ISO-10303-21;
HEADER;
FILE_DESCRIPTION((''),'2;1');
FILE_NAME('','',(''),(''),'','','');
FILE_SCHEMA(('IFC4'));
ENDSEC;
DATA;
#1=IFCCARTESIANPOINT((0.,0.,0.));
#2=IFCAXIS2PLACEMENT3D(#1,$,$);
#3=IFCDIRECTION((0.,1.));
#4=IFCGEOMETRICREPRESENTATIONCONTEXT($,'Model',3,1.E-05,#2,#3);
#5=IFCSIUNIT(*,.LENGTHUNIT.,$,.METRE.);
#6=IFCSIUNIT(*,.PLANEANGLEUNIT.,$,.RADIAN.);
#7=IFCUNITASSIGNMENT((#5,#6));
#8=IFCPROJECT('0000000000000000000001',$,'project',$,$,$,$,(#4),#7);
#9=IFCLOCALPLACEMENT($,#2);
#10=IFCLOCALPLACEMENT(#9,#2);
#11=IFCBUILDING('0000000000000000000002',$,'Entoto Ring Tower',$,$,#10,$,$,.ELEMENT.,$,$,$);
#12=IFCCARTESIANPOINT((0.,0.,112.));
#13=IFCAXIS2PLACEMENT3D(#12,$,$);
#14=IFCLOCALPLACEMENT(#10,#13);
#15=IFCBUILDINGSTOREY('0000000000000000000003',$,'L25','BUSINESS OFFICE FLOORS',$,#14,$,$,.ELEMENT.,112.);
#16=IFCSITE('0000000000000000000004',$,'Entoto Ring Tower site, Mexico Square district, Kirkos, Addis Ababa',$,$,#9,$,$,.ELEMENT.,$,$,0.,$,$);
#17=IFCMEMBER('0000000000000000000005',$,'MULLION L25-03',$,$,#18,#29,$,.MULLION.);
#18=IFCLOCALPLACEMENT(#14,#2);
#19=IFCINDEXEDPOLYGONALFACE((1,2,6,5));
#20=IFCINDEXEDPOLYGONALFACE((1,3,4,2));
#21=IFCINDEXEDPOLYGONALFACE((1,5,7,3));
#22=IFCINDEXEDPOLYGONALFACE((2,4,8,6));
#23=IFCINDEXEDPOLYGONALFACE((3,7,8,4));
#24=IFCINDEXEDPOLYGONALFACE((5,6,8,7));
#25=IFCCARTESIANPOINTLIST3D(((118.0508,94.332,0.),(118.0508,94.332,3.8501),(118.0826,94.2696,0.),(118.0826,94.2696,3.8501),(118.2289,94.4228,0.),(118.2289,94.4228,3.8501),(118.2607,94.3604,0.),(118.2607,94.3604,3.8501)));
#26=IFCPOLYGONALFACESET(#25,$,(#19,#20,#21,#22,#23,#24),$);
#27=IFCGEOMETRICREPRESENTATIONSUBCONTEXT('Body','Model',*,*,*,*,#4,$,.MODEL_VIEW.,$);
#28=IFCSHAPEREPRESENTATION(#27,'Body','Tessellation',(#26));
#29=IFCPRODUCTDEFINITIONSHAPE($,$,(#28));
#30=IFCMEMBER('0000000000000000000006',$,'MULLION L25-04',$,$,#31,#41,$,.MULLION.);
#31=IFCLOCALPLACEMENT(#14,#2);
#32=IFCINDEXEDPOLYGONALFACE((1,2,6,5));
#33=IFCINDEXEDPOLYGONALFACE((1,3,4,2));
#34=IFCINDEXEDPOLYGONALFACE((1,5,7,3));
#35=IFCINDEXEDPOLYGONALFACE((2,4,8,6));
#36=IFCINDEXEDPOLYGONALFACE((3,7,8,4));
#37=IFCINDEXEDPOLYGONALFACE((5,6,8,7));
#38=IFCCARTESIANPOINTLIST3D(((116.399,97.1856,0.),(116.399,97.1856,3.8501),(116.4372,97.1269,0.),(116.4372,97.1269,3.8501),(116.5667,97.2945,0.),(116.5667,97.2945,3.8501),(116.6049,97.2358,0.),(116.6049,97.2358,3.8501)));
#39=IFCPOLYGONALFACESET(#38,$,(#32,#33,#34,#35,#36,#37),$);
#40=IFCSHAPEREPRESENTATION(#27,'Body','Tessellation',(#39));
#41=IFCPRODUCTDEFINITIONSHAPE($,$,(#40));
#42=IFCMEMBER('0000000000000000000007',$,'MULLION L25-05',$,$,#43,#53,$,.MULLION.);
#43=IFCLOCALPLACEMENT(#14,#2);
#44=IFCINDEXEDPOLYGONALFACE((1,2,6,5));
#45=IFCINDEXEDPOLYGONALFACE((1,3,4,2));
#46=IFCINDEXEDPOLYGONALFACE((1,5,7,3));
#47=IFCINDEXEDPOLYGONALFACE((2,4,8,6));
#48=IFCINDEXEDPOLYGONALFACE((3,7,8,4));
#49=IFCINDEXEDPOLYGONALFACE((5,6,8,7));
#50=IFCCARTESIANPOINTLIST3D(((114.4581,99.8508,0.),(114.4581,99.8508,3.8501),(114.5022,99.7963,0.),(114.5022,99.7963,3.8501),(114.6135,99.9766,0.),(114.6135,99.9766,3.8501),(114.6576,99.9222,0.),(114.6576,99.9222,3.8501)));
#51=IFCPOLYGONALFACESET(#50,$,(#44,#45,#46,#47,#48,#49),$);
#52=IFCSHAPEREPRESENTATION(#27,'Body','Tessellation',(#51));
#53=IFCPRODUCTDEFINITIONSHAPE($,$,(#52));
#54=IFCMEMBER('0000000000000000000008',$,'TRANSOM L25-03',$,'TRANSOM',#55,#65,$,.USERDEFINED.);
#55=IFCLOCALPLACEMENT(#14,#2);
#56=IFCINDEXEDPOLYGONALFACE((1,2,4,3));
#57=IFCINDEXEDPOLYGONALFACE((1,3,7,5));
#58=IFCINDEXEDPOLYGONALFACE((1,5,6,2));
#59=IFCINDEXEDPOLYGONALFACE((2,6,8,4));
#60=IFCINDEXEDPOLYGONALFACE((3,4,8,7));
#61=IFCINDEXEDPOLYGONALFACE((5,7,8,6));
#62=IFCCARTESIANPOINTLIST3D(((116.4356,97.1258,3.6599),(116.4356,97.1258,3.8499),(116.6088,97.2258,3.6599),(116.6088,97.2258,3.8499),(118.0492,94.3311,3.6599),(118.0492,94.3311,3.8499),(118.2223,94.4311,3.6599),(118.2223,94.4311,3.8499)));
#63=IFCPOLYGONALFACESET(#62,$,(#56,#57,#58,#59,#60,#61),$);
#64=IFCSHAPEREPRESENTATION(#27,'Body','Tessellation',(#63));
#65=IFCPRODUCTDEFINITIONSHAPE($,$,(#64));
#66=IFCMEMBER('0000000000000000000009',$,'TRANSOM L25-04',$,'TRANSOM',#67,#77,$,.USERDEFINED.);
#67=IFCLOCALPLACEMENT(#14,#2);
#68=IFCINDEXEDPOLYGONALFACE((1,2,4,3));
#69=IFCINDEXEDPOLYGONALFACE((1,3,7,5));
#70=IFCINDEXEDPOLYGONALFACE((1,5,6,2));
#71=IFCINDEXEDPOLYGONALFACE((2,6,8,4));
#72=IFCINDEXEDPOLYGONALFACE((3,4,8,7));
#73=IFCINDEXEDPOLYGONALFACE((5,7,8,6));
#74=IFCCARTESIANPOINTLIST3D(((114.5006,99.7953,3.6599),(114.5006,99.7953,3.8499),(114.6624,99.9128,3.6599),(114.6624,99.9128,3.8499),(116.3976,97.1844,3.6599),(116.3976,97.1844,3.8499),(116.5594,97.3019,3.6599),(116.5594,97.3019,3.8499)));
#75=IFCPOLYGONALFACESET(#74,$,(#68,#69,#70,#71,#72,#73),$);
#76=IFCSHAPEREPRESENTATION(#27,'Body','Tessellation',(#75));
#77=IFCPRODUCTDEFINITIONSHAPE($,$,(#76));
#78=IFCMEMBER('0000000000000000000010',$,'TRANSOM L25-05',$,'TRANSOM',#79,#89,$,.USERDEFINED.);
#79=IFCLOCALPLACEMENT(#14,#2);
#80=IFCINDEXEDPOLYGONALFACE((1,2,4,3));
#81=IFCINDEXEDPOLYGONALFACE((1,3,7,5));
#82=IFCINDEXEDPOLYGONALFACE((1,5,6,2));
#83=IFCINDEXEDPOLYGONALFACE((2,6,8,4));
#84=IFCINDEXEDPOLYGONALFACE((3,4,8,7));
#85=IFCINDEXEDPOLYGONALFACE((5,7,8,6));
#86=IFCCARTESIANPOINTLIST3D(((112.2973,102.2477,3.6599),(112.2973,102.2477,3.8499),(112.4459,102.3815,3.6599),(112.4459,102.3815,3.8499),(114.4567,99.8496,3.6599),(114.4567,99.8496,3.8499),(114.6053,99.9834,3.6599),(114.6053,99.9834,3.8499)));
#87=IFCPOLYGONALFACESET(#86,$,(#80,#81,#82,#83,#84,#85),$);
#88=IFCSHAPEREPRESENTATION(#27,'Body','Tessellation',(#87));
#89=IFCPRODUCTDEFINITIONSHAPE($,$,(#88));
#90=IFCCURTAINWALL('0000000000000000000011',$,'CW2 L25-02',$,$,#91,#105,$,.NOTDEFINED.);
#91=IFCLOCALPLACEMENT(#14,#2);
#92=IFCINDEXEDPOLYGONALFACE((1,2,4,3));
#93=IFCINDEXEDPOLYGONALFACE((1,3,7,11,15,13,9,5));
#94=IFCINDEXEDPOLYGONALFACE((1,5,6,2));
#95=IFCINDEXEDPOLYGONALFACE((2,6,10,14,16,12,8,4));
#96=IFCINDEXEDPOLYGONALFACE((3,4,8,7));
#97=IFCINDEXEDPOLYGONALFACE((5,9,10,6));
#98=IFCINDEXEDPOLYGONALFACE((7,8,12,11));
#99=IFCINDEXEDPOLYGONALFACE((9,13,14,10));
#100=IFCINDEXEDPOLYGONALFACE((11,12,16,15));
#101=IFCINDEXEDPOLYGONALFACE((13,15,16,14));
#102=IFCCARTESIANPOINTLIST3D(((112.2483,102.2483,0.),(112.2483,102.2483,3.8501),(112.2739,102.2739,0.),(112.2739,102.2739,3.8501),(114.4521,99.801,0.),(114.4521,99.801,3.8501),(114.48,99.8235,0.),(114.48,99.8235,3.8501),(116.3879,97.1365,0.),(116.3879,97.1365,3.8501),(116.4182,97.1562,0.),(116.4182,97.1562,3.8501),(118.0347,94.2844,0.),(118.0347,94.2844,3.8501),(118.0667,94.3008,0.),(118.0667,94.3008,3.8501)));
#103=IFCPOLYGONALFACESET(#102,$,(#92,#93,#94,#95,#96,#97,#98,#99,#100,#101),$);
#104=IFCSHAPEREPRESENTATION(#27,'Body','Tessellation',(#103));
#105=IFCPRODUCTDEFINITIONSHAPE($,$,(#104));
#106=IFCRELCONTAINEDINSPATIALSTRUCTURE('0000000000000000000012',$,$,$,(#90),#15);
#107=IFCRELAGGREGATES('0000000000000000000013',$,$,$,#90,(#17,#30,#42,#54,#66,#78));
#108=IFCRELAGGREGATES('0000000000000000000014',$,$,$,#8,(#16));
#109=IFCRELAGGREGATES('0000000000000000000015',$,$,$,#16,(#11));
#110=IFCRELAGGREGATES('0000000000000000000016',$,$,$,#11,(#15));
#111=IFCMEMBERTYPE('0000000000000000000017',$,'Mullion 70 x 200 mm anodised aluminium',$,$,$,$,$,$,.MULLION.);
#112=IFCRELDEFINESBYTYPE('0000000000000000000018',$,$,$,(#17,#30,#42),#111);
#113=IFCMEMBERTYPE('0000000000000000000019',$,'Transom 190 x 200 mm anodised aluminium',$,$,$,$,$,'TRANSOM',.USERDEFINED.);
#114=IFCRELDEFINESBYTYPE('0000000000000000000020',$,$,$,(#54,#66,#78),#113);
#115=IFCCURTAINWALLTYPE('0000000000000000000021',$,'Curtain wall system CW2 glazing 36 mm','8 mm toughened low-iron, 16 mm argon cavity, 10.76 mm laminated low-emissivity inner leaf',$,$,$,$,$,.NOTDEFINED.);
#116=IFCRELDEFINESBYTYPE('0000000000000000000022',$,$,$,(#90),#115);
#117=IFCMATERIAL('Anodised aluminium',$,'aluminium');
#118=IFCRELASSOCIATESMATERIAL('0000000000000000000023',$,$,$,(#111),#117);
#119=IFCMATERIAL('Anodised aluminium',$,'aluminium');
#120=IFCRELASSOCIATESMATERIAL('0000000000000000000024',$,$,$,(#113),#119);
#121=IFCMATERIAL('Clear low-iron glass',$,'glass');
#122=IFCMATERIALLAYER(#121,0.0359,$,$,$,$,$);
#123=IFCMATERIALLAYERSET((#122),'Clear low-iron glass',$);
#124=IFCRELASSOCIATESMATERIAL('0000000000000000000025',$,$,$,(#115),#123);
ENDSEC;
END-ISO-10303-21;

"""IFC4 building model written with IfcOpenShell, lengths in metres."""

from ifc_helpers import new_model, si_unit, direction, frame, origin, origin_2d, place, context, subcontext, project, spatial, polyline, rectangle, outline, extrude, material, layer, layer_set, material_profile, profile_set, type_object, element, aggregate, save


model = new_model("IFC4")

# Units and contexts
model_context = context("Model", 3, precision=1e-05, world=origin(), true_north=direction((0.0, 1.0)))
body_context = subcontext(model_context, "Body", "Model", "MODEL_VIEW")
ifc_project = project(units=[si_unit("LENGTHUNIT", "METRE"), si_unit("PLANEANGLEUNIT", "RADIAN")], contexts=[model_context])

# Members
ifc_material_1 = material(Name="Anodised aluminium", Category="aluminium")
ifc_material_profile_1 = material_profile(ifc_material_1, rectangle(XDim=0.0701, YDim=0.2, at=origin_2d()), Name="Mullion 70 x 200 mm anodised aluminium")
ifc_profile_set_1 = profile_set([ifc_material_profile_1], Name="Anodised aluminium")
member_type_1 = type_object("IfcMemberType", Name="Mullion 70 x 200 mm anodised aluminium", PredefinedType="MULLION", material=ifc_profile_set_1)
site_placement = place(None, origin())
building_placement = place(site_placement, origin())
storey_placement = place(building_placement, frame((0.0, 0.0, 112.0)))
member_1_placement = place(storey_placement, frame((118.1558, 94.3462, 0.0), z_axis=(0.0, 0.0, 1.0), x_axis=(-0.45399, 0.891007, 0.0)))
member_1 = element("IfcMember", 1, at=member_1_placement, type_object=member_type_1, Name="MULLION L25-03", PredefinedType="MULLION", context=body_context, shape_type="SweptSolid", body=[
    extrude(rectangle(XDim=0.0701, YDim=0.2, at=origin_2d()), origin(), (0.0, 0.0, 1.0), 3.8501),
])
member_2_placement = place(storey_placement, frame((116.502, 97.2107, 0.0), z_axis=(0.0, 0.0, 1.0), x_axis=(-0.544639, 0.838671, 0.0)))
member_2 = element("IfcMember", 2, at=member_2_placement, type_object=member_type_1, Name="MULLION L25-04", PredefinedType="MULLION", context=body_context, shape_type="SweptSolid", body=[
    extrude(rectangle(XDim=0.0701, YDim=0.2, at=origin_2d()), origin(), (0.0, 0.0, 1.0), 3.8501),
])
member_3_placement = place(storey_placement, frame((114.5579, 99.8865, 0.0), z_axis=(0.0, 0.0, 1.0), x_axis=(-0.62932, 0.777146, 0.0)))
member_3 = element("IfcMember", 3, at=member_3_placement, type_object=member_type_1, Name="MULLION L25-05", PredefinedType="MULLION", context=body_context, shape_type="SweptSolid", body=[
    extrude(rectangle(XDim=0.0701, YDim=0.2, at=origin_2d()), origin(), (0.0, 0.0, 1.0), 3.8501),
])
ifc_material_2 = material(Name="Anodised aluminium", Category="aluminium")
ifc_material_profile_2 = material_profile(ifc_material_2, rectangle(XDim=0.2, YDim=0.1899, at=origin_2d()), Name="Transom 190 x 200 mm anodised aluminium")
ifc_profile_set_2 = profile_set([ifc_material_profile_2], Name="Anodised aluminium")
member_type_2 = type_object("IfcMemberType", Name="Transom 190 x 200 mm anodised aluminium", ElementType="TRANSOM", PredefinedType="USERDEFINED", material=ifc_profile_set_2)
member_4_placement = place(storey_placement, frame((118.1357, 94.3811, 3.7549), z_axis=(-0.500004, 0.866023, 0.0), x_axis=(-0.866023, -0.500004, 0.0)))
member_4 = element("IfcMember", 4, at=member_4_placement, type_object=member_type_2, Name="TRANSOM L25-03", ObjectType="TRANSOM", PredefinedType="USERDEFINED", context=body_context, shape_type="SweptSolid", body=[
    extrude(rectangle(XDim=0.2, YDim=0.1899, at=origin_2d()), origin(), (0.0, 0.0, 1.0), 3.2271),
])
member_5_placement = place(storey_placement, frame((116.4785, 97.2432, 3.7549), z_axis=(-0.587803, 0.809004, 0.0), x_axis=(-0.809004, -0.587803, 0.0)))
member_5 = element("IfcMember", 5, at=member_5_placement, type_object=member_type_2, Name="TRANSOM L25-04", ObjectType="TRANSOM", PredefinedType="USERDEFINED", context=body_context, shape_type="SweptSolid", body=[
    extrude(rectangle(XDim=0.2, YDim=0.1899, at=origin_2d()), origin(), (0.0, 0.0, 1.0), 3.2273),
])
member_6_placement = place(storey_placement, frame((114.531, 99.9165, 3.7549), z_axis=(-0.669144, 0.743132, 0.0), x_axis=(-0.743132, -0.669144, 0.0)))
member_6 = element("IfcMember", 6, at=member_6_placement, type_object=member_type_2, Name="TRANSOM L25-05", ObjectType="TRANSOM", PredefinedType="USERDEFINED", context=body_context, shape_type="SweptSolid", body=[
    extrude(rectangle(XDim=0.2, YDim=0.1899, at=origin_2d()), origin(), (0.0, 0.0, 1.0), 3.2271),
])

# Site, building, storey
site = spatial("IfcSite", under=ifc_project, at=site_placement, Name="Entoto Ring Tower site, Mexico Square district, Kirkos, Addis Ababa", CompositionType="ELEMENT", RefElevation=0.0)
building = spatial("IfcBuilding", under=site, at=building_placement, Name="Entoto Ring Tower", CompositionType="ELEMENT")
storey = spatial("IfcBuildingStorey", under=building, at=storey_placement, Name="L25", Description="BUSINESS OFFICE FLOORS", CompositionType="ELEMENT", Elevation=112.0)

# Curtain wall
ifc_material_3 = material(Name="Clear low-iron glass", Category="glass")
ifc_layer_1 = layer(ifc_material_3, 0.0359)
ifc_layer_set_1 = layer_set([ifc_layer_1], Name="Clear low-iron glass")
curtain_wall_type = type_object("IfcCurtainWallType", Name="Curtain wall system CW2 glazing 36 mm", Description="8 mm toughened low-iron, 16 mm argon cavity, 10.76 mm laminated low-emissivity inner leaf", PredefinedType="NOTDEFINED", material=ifc_layer_set_1)
curtain_wall_1_placement = place(storey_placement, origin())
curtain_wall_1 = element("IfcCurtainWall", 7, at=curtain_wall_1_placement, inside=storey, type_object=curtain_wall_type, Name="CW2 L25-02", PredefinedType="NOTDEFINED", context=body_context, shape_type="SweptSolid", body=[
    extrude(outline(polyline([(118.0667, 94.3008), (116.4182, 97.1562), (114.48, 99.8235), (112.2739, 102.2739), (112.2483, 102.2483), (114.4521, 99.801), (116.3879, 97.1365), (118.0347, 94.2844), (118.0667, 94.3008)])), origin(), (0.0, 0.0, 1.0), 3.8501),
])
aggregate(curtain_wall_1, [member_1, member_2, member_3, member_4, member_5, member_6])

save(model, "model.ifc")
